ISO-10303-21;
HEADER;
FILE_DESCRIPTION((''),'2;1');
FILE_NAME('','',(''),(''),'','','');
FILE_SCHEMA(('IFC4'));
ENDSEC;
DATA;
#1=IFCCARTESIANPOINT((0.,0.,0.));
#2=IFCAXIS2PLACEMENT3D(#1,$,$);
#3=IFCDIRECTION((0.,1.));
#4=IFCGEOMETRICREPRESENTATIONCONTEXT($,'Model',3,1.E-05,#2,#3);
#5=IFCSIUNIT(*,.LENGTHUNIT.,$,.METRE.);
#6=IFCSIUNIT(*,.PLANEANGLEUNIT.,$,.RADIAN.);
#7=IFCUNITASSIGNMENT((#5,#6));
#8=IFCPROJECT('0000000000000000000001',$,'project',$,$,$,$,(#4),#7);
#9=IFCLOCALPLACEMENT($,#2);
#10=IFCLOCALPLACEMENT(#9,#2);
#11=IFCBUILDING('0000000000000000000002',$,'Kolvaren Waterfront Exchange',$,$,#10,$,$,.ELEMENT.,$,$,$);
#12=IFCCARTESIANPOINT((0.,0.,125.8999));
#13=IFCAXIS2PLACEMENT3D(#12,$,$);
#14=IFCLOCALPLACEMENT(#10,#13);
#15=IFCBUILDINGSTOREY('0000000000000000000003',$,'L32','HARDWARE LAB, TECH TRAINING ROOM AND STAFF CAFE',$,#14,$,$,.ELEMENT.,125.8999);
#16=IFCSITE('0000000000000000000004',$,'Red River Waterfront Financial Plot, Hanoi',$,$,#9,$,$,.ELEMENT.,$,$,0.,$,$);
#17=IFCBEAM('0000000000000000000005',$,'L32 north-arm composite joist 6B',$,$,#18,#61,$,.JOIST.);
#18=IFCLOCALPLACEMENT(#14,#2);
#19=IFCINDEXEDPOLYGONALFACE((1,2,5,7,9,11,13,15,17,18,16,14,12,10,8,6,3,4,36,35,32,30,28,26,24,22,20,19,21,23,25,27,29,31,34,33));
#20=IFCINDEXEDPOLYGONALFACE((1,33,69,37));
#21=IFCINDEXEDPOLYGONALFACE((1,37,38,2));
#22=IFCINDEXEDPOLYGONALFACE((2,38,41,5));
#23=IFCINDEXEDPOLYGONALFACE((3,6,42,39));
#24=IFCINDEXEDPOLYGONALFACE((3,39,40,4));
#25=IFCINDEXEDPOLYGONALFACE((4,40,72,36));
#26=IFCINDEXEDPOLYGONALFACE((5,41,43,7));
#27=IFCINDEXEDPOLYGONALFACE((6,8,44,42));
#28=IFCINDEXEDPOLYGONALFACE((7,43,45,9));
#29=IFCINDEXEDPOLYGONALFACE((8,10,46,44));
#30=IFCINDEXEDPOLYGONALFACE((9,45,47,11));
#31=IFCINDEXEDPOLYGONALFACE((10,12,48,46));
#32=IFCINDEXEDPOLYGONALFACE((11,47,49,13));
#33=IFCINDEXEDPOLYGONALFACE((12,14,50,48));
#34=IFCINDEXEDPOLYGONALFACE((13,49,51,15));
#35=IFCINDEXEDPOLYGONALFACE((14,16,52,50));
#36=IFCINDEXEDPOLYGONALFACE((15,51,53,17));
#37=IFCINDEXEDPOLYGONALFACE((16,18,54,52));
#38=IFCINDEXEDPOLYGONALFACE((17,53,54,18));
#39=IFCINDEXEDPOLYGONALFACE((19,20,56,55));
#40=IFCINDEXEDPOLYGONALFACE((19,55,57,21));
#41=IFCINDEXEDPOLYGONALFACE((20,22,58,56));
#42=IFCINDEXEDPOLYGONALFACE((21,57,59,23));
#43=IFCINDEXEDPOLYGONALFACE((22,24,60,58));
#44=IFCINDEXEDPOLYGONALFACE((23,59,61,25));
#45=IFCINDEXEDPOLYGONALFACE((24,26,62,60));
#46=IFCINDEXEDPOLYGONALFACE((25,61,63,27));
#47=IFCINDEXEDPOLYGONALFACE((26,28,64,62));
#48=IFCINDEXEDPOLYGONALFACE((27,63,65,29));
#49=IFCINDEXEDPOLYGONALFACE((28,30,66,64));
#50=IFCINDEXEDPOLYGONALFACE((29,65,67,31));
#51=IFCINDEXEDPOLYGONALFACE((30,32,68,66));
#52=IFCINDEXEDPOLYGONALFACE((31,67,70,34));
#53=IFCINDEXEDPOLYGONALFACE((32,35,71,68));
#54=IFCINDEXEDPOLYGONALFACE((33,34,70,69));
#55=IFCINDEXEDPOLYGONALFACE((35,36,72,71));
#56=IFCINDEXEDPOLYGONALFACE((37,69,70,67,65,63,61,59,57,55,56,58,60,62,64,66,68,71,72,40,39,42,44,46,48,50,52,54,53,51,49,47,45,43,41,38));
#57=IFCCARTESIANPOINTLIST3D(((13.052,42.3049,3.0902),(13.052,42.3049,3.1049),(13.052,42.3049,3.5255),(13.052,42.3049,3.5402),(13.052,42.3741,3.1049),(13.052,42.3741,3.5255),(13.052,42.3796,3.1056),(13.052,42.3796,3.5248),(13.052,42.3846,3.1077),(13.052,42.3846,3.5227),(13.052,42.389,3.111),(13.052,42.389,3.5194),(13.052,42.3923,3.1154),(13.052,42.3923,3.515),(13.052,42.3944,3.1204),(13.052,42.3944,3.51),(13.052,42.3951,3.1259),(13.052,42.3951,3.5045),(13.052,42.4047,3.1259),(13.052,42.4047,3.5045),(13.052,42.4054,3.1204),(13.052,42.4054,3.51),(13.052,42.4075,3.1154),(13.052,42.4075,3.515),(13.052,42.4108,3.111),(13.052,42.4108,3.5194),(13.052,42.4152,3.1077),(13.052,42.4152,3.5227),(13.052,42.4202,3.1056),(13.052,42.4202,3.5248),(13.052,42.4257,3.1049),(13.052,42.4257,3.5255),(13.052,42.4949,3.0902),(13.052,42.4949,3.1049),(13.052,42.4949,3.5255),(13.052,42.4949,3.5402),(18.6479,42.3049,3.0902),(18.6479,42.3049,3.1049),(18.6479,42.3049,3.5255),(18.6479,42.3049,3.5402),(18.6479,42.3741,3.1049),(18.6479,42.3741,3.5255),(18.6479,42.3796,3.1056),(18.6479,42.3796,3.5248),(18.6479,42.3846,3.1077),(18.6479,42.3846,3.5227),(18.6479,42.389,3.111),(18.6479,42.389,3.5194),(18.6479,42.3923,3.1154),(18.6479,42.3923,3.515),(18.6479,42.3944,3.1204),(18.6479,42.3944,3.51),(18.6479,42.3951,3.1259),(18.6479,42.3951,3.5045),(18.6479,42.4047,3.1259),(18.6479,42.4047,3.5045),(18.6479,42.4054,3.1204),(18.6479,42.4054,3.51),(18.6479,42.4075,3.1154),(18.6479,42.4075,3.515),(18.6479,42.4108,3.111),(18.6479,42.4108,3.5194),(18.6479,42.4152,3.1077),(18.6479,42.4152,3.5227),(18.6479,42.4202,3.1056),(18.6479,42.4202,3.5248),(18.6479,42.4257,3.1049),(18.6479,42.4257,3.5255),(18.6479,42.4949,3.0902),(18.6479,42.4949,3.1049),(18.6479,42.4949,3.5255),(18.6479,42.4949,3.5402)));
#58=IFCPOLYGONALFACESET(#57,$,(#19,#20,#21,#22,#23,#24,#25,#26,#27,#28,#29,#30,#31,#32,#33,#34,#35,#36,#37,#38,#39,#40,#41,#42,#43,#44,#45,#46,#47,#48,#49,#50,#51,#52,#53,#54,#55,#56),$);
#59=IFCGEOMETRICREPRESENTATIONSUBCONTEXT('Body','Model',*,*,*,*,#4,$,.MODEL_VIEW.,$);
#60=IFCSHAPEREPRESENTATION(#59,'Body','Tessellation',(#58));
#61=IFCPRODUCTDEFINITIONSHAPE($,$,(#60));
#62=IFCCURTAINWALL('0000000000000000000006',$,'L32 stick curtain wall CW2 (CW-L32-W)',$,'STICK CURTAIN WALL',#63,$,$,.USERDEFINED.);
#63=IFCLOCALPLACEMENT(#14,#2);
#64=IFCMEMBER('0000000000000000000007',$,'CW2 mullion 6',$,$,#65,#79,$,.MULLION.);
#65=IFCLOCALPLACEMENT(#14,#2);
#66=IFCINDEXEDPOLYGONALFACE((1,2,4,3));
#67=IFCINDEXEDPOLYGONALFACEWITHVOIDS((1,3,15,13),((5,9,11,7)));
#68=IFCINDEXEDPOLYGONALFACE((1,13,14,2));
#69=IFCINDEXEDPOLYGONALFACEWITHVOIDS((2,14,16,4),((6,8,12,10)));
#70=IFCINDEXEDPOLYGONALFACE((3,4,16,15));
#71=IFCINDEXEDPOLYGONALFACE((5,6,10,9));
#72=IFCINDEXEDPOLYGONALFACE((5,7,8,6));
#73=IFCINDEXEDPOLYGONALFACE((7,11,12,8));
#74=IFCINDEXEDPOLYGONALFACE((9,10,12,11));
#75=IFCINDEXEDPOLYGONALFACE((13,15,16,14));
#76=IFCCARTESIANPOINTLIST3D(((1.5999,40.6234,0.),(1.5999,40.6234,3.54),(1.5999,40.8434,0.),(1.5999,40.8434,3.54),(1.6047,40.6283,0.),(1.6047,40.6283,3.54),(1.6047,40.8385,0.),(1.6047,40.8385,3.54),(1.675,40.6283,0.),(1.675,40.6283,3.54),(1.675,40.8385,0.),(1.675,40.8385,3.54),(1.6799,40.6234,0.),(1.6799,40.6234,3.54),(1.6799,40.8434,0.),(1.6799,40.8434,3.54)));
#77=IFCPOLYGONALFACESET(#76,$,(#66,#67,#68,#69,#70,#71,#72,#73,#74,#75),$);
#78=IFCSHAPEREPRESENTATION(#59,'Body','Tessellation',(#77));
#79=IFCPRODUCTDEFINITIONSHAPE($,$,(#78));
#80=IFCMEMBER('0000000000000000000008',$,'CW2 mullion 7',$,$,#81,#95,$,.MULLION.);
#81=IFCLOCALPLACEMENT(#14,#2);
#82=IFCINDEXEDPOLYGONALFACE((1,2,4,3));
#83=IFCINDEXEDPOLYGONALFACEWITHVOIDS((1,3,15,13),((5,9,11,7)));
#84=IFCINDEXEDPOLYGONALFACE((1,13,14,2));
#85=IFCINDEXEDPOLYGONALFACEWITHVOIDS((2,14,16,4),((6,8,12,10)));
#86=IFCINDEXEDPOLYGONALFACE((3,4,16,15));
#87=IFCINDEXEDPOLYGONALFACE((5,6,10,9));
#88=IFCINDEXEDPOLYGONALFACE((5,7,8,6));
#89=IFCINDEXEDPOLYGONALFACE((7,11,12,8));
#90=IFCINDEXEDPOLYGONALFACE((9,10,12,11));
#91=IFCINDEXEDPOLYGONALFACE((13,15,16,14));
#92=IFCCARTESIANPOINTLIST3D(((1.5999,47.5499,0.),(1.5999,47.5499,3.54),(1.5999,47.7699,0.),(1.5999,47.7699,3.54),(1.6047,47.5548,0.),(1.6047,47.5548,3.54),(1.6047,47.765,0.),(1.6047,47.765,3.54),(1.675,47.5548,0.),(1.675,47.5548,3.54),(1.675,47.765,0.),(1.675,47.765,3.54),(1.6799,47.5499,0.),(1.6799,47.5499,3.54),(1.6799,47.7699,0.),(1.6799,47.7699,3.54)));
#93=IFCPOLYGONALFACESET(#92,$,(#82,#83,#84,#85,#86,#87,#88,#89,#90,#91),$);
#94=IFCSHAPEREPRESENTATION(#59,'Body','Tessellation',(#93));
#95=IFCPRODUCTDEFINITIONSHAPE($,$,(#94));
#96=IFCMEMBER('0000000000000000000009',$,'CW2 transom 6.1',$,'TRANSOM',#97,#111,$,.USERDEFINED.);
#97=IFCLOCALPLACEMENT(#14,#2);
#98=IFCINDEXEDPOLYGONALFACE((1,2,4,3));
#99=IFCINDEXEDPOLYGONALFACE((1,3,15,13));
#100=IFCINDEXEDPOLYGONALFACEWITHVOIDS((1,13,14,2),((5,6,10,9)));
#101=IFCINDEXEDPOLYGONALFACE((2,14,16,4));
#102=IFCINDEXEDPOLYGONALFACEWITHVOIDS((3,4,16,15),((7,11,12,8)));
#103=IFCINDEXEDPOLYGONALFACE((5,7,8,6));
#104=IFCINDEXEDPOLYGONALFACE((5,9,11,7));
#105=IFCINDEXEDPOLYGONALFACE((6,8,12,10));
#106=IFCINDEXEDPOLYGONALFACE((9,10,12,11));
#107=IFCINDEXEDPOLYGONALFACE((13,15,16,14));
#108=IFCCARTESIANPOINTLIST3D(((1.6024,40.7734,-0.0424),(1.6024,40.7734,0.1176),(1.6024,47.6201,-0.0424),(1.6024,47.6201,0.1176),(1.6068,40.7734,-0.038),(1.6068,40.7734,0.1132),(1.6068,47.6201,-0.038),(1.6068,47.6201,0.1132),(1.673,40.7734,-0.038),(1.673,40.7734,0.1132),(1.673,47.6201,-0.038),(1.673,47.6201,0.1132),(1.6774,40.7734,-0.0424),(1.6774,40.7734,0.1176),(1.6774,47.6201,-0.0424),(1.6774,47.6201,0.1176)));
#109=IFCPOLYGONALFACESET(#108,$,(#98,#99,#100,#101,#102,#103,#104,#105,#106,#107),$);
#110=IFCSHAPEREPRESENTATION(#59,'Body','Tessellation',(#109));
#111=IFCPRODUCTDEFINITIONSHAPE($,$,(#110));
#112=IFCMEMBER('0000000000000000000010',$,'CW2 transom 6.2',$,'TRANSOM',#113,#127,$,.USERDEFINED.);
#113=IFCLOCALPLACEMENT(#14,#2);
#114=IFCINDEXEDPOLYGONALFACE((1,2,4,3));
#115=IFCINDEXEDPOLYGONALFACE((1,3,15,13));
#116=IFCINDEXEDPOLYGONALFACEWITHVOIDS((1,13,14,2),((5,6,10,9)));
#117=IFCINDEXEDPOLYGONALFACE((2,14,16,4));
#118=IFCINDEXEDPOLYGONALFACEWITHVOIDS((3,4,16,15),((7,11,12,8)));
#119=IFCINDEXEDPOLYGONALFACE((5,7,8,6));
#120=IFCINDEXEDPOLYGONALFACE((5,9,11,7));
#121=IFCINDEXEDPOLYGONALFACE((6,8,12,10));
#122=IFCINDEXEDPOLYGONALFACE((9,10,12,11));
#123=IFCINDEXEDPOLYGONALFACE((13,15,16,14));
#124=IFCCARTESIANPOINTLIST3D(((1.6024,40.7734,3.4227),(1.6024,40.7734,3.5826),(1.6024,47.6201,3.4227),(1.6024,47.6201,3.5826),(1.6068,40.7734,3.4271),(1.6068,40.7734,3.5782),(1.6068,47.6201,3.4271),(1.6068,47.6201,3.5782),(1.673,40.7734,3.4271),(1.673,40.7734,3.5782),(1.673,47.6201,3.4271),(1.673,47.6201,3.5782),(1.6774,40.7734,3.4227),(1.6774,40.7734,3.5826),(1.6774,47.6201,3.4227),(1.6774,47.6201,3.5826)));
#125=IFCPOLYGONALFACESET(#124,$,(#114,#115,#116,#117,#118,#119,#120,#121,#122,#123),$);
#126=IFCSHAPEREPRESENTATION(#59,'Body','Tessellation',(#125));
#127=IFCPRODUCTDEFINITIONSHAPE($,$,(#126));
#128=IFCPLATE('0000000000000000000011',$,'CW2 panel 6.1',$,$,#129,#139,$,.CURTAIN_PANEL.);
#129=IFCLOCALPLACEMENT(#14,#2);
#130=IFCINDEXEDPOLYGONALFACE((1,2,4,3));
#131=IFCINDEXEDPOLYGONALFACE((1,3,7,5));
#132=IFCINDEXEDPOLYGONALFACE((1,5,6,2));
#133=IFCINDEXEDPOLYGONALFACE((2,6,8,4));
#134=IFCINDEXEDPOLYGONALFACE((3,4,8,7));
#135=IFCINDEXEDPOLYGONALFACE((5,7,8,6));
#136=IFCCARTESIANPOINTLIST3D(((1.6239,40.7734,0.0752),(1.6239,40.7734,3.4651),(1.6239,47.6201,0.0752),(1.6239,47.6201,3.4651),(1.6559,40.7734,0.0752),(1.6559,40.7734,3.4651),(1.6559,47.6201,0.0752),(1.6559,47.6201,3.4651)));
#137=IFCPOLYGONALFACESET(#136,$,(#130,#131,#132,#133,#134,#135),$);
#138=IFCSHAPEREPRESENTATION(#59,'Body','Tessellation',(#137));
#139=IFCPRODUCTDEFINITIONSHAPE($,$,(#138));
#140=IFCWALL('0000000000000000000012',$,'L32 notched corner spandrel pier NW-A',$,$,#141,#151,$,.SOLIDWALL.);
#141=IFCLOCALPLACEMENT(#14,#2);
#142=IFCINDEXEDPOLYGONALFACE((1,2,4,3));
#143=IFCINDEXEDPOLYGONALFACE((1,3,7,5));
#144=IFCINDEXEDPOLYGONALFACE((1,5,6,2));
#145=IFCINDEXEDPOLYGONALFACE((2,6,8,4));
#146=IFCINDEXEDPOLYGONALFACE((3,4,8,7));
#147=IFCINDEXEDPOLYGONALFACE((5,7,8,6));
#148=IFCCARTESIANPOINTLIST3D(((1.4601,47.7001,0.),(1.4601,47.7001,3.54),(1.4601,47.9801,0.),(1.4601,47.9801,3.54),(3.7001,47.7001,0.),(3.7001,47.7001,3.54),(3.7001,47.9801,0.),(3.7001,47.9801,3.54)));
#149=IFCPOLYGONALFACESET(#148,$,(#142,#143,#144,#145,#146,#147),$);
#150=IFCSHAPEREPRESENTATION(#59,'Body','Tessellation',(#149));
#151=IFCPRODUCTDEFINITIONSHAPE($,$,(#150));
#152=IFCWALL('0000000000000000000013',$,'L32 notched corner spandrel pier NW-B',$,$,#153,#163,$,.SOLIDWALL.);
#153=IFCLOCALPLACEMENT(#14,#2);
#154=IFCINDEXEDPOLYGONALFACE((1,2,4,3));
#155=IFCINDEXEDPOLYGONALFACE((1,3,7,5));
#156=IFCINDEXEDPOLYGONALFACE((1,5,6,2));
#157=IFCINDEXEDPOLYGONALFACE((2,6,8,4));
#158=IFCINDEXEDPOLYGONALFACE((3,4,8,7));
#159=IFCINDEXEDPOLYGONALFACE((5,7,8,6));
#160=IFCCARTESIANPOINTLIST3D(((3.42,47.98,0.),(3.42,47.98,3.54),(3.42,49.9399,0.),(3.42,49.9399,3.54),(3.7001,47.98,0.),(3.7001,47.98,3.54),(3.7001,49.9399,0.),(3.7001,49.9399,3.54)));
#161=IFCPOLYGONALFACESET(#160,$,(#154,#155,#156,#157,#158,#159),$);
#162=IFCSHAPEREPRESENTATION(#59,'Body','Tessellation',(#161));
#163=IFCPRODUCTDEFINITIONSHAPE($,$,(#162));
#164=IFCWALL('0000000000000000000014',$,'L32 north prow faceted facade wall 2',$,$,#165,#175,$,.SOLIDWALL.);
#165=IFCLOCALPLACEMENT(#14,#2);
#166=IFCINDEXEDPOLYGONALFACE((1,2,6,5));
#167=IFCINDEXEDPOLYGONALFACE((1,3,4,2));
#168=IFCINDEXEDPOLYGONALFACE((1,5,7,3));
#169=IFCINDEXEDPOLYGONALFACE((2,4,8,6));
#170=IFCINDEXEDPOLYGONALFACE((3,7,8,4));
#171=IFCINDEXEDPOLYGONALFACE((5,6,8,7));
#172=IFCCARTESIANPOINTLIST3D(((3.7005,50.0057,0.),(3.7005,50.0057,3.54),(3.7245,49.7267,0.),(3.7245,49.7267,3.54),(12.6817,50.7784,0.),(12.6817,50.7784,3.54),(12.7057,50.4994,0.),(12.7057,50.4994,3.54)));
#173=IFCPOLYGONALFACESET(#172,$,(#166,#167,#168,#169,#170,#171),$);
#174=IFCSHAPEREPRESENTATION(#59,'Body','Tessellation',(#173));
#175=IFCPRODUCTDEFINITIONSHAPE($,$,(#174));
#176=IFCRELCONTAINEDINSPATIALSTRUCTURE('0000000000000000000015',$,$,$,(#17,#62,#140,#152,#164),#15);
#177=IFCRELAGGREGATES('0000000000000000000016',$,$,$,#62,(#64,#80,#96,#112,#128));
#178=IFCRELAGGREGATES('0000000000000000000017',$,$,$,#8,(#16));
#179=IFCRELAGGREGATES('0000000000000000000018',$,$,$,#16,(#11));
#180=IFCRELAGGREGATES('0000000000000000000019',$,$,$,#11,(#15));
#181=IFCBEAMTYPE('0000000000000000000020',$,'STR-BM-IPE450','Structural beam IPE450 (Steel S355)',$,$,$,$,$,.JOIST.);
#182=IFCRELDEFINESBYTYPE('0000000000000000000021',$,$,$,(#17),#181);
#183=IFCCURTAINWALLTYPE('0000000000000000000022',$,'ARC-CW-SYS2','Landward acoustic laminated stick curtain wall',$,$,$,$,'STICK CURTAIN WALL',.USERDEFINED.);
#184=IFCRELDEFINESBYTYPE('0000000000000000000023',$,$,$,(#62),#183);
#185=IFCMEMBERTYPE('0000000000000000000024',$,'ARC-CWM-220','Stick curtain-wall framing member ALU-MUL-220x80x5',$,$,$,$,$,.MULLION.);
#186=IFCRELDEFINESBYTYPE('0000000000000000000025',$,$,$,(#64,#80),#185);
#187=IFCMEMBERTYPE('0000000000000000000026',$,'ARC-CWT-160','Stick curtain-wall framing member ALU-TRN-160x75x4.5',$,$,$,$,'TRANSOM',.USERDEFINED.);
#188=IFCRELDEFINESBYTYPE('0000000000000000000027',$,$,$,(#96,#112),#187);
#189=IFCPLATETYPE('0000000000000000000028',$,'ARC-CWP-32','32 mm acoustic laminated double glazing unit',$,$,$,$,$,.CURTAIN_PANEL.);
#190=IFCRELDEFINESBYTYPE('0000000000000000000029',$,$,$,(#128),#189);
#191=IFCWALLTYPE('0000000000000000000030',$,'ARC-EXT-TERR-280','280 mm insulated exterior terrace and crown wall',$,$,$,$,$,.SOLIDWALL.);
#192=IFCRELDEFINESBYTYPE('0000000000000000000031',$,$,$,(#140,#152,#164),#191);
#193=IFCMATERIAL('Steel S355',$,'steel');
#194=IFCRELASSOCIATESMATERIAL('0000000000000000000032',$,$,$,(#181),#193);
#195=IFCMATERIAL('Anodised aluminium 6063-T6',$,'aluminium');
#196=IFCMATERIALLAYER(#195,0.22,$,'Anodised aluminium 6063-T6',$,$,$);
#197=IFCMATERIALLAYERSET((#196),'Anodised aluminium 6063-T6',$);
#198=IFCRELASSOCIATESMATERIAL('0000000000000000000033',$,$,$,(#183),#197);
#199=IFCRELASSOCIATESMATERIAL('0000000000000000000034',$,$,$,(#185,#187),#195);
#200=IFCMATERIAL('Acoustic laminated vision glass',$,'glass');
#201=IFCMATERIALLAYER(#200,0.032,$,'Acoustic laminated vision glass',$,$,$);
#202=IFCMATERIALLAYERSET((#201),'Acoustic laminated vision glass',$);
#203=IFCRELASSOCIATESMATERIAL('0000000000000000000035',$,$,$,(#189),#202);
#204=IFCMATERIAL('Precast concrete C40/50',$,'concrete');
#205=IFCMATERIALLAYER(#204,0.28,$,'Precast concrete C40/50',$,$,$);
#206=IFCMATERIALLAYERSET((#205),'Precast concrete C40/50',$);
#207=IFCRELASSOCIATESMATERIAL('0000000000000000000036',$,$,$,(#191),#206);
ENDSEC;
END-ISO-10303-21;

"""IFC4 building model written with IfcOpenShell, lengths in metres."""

from ifc_helpers import new_model, si_unit, direction, frame, frame_2d, origin, origin_with_axes, origin_2d, place, context, subcontext, project, spatial, rectangle, hollow_rectangle, i_section, extrude, source, transform, mapped, material, layer, layer_set, material_profile, profile_set, type_object, element, aggregate, save


model = new_model("IFC4")

# Units and contexts
model_context = context("Model", 3, precision=1e-05, world=origin(), true_north=direction((0.0, 1.0)))
body_context = subcontext(model_context, "Body", "Model", "MODEL_VIEW")
ifc_project = project(units=[si_unit("LENGTHUNIT", "METRE"), si_unit("PLANEANGLEUNIT", "RADIAN")], contexts=[model_context])

# Site, building, storey
site_placement = place(None, origin())
site = spatial("IfcSite", under=ifc_project, at=site_placement, Name="Red River Waterfront Financial Plot, Hanoi", CompositionType="ELEMENT", RefElevation=0.0)
building_placement = place(site_placement, origin())
building = spatial("IfcBuilding", under=site, at=building_placement, Name="Kolvaren Waterfront Exchange", CompositionType="ELEMENT")
storey_placement = place(building_placement, frame((0.0, 0.0, 125.8999)))
storey = spatial("IfcBuildingStorey", under=building, at=storey_placement, Name="L32", Description="HARDWARE LAB, TECH TRAINING ROOM AND STAFF CAFE", CompositionType="ELEMENT", Elevation=125.8999)

# Beam
ifc_material_1 = material(Name="Steel S355", Category="steel")
ifc_material_profile_1 = material_profile(ifc_material_1, i_section(OverallWidth=0.1899, OverallDepth=0.45, WebThickness=0.0095, FlangeThickness=0.0146, FilletRadius=0.021, at=origin_2d()), Name="IPE450")
ifc_profile_set_1 = profile_set([ifc_material_profile_1], Name="Steel S355")
beam_type_1 = type_object("IfcBeamType", Name="STR-BM-IPE450", Description="Structural beam IPE450 (Steel S355)", PredefinedType="JOIST", material=ifc_profile_set_1)
beam_1_placement = place(storey_placement, frame((13.052, 42.3999, 3.3152), z_axis=(1.0, 0.0, 0.0), x_axis=(0.0, 1.0, 0.0)))
element("IfcBeam", 1, at=beam_1_placement, inside=storey, type_object=beam_type_1, Name="L32 north-arm composite joist 6B", PredefinedType="JOIST", context=body_context, shape_type="SweptSolid", body=[
    extrude(i_section(OverallWidth=0.1899, OverallDepth=0.45, WebThickness=0.0095, FlangeThickness=0.0146, FilletRadius=0.021, at=origin_2d()), origin(), (0.0, 0.0, 1.0), 5.5959),
])

# Curtain wall, members, plate
ifc_material_2 = material(Name="Anodised aluminium 6063-T6", Category="aluminium")
ifc_layer_1 = layer(ifc_material_2, 0.22, Name="Anodised aluminium 6063-T6")
ifc_layer_set_1 = layer_set([ifc_layer_1], Name="Anodised aluminium 6063-T6")
curtain_wall_type = type_object("IfcCurtainWallType", Name="ARC-CW-SYS2", Description="Landward acoustic laminated stick curtain wall", ElementType="STICK CURTAIN WALL", PredefinedType="USERDEFINED", material=ifc_layer_set_1)
curtain_wall_placement = place(storey_placement, origin())
curtain_wall = element("IfcCurtainWall", 2, at=curtain_wall_placement, inside=storey, type_object=curtain_wall_type, Name="L32 stick curtain wall CW2 (CW-L32-W)", ObjectType="STICK CURTAIN WALL", PredefinedType="USERDEFINED")
ifc_material_profile_2 = material_profile(ifc_material_2, hollow_rectangle(XDim=0.0801, YDim=0.22, WallThickness=0.0049, at=origin_2d()), Name="ALU-MUL-220x80x5")
ifc_profile_set_2 = profile_set([ifc_material_profile_2], Name="Anodised aluminium 6063-T6")
member_type_1 = type_object("IfcMemberType", Name="ARC-CWM-220", Description="Stick curtain-wall framing member ALU-MUL-220x80x5", PredefinedType="MULLION", material=ifc_profile_set_2)
shared_shape_1 = source(origin_with_axes(), body_context, "Body", "SweptSolid", [
    extrude(hollow_rectangle(XDim=0.0801, YDim=0.22, WallThickness=0.0049, at=origin_2d()), origin(), (0.0, 0.0, 1.0), 3.54),
])
member_1_placement = place(storey_placement, frame((1.6399, 40.7334, 0.0), z_axis=(0.0, 0.0, 1.0), x_axis=(-1.0, 0.0, 0.0)))
member_1 = element("IfcMember", 3, at=member_1_placement, type_object=member_type_1, Name="CW2 mullion 6", PredefinedType="MULLION", context=body_context, shape_type="MappedRepresentation", body=[
    mapped(shared_shape_1, transform((0.0, 0.0, 0.0), x_axis=(1.0, 0.0, 0.0), y_axis=(0.0, 1.0, 0.0), z_axis=(0.0, 0.0, 1.0), scale=1.0)),
])
member_2_placement = place(storey_placement, frame((1.6399, 47.6599, 0.0), z_axis=(0.0, 0.0, 1.0), x_axis=(-1.0, 0.0, 0.0)))
member_2 = element("IfcMember", 4, at=member_2_placement, type_object=member_type_1, Name="CW2 mullion 7", PredefinedType="MULLION", context=body_context, shape_type="MappedRepresentation", body=[
    mapped(shared_shape_1, transform((0.0, 0.0, 0.0), x_axis=(1.0, 0.0, 0.0), y_axis=(0.0, 1.0, 0.0), z_axis=(0.0, 0.0, 1.0), scale=1.0)),
])
ifc_material_profile_3 = material_profile(ifc_material_2, hollow_rectangle(XDim=0.075, YDim=0.1599, WallThickness=0.0044, at=origin_2d()), Name="ALU-TRN-160x75x4.5")
ifc_profile_set_3 = profile_set([ifc_material_profile_3], Name="Anodised aluminium 6063-T6")
member_type_2 = type_object("IfcMemberType", Name="ARC-CWT-160", Description="Stick curtain-wall framing member ALU-TRN-160x75x4.5", ElementType="TRANSOM", PredefinedType="USERDEFINED", material=ifc_profile_set_3)
shared_shape_2 = source(origin_with_axes(), body_context, "Body", "SweptSolid", [
    extrude(hollow_rectangle(XDim=0.075, YDim=0.1599, WallThickness=0.0044, at=origin_2d()), origin(), (0.0, 0.0, 1.0), 6.8467),
])
member_3_placement = place(storey_placement, frame((1.6399, 40.7734, 0.0376), z_axis=(0.0, 1.0, 0.0), x_axis=(-1.0, 0.0, 0.0)))
member_3 = element("IfcMember", 5, at=member_3_placement, type_object=member_type_2, Name="CW2 transom 6.1", ObjectType="TRANSOM", PredefinedType="USERDEFINED", context=body_context, shape_type="MappedRepresentation", body=[
    mapped(shared_shape_2, transform((0.0, 0.0, 0.0), x_axis=(1.0, 0.0, 0.0), y_axis=(0.0, 1.0, 0.0), z_axis=(0.0, 0.0, 1.0), scale=1.0)),
])
member_4_placement = place(storey_placement, frame((1.6399, 40.7734, 3.5027), z_axis=(0.0, 1.0, 0.0), x_axis=(-1.0, 0.0, 0.0)))
member_4 = element("IfcMember", 6, at=member_4_placement, type_object=member_type_2, Name="CW2 transom 6.2", ObjectType="TRANSOM", PredefinedType="USERDEFINED", context=body_context, shape_type="MappedRepresentation", body=[
    mapped(shared_shape_2, transform((0.0, 0.0, 0.0), x_axis=(1.0, 0.0, 0.0), y_axis=(0.0, 1.0, 0.0), z_axis=(0.0, 0.0, 1.0), scale=1.0)),
])
ifc_material_3 = material(Name="Acoustic laminated vision glass", Category="glass")
ifc_layer_2 = layer(ifc_material_3, 0.032, Name="Acoustic laminated vision glass")
ifc_layer_set_2 = layer_set([ifc_layer_2], Name="Acoustic laminated vision glass")
plate_type = type_object("IfcPlateType", Name="ARC-CWP-32", Description="32 mm acoustic laminated double glazing unit", PredefinedType="CURTAIN_PANEL", material=ifc_layer_set_2)
shared_shape_3 = source(origin_with_axes(), body_context, "Body", "SweptSolid", [
    extrude(rectangle(XDim=6.8467, YDim=0.032, at=origin_2d()), origin(), (0.0, 0.0, 1.0), 3.3899),
])
plate_placement = place(storey_placement, frame((1.6399, 44.1968, 0.0752), z_axis=(0.0, 0.0, 1.0), x_axis=(0.0, 1.0, 0.0)))
plate = element("IfcPlate", 7, at=plate_placement, type_object=plate_type, Name="CW2 panel 6.1", PredefinedType="CURTAIN_PANEL", context=body_context, shape_type="MappedRepresentation", body=[
    mapped(shared_shape_3, transform((0.0, 0.0, 0.0), x_axis=(1.0, 0.0, 0.0), y_axis=(0.0, 1.0, 0.0), z_axis=(0.0, 0.0, 1.0), scale=1.0)),
])
aggregate(curtain_wall, [member_1, member_2, member_3, member_4, plate])

# Walls
ifc_material_4 = material(Name="Precast concrete C40/50", Category="concrete")
ifc_layer_3 = layer(ifc_material_4, 0.28, Name="Precast concrete C40/50")
ifc_layer_set_3 = layer_set([ifc_layer_3], Name="Precast concrete C40/50")
wall_type_1 = type_object("IfcWallType", Name="ARC-EXT-TERR-280", Description="280 mm insulated exterior terrace and crown wall", PredefinedType="SOLIDWALL", material=ifc_layer_set_3)
wall_1_placement = place(storey_placement, frame((1.46, 47.8401, 0.0), z_axis=(0.0, 0.0, 1.0), x_axis=(1.0, 0.0, 0.0)))
element("IfcWall", 8, at=wall_1_placement, inside=storey, type_object=wall_type_1, Name="L32 notched corner spandrel pier NW-A", PredefinedType="SOLIDWALL", context=body_context, shape_type="SweptSolid", body=[
    extrude(rectangle(XDim=2.24, YDim=0.28, at=frame_2d((1.1201, 0.0))), origin(), (0.0, 0.0, 1.0), 3.54),
])
wall_2_placement = place(storey_placement, frame((3.5601, 47.98, 0.0), z_axis=(0.0, 0.0, 1.0), x_axis=(0.0, 1.0, 0.0)))
element("IfcWall", 9, at=wall_2_placement, inside=storey, type_object=wall_type_1, Name="L32 notched corner spandrel pier NW-B", PredefinedType="SOLIDWALL", context=body_context, shape_type="SweptSolid", body=[
    extrude(rectangle(XDim=1.96, YDim=0.28, at=frame_2d((0.98, 0.0))), origin(), (0.0, 0.0, 1.0), 3.54),
])
wall_3_placement = place(storey_placement, frame((12.6938, 50.6389, 0.0), z_axis=(0.0, 0.0, 1.0), x_axis=(-0.996319, -0.085719, 0.0)))
element("IfcWall", 10, at=wall_3_placement, inside=storey, type_object=wall_type_1, Name="L32 north prow faceted facade wall 2", PredefinedType="SOLIDWALL", context=body_context, shape_type="SweptSolid", body=[
    extrude(rectangle(XDim=9.0144, YDim=0.28, at=frame_2d((4.5073, 0.0))), origin(), (0.0, 0.0, 1.0), 3.54),
])

save(model, "model.ifc")
